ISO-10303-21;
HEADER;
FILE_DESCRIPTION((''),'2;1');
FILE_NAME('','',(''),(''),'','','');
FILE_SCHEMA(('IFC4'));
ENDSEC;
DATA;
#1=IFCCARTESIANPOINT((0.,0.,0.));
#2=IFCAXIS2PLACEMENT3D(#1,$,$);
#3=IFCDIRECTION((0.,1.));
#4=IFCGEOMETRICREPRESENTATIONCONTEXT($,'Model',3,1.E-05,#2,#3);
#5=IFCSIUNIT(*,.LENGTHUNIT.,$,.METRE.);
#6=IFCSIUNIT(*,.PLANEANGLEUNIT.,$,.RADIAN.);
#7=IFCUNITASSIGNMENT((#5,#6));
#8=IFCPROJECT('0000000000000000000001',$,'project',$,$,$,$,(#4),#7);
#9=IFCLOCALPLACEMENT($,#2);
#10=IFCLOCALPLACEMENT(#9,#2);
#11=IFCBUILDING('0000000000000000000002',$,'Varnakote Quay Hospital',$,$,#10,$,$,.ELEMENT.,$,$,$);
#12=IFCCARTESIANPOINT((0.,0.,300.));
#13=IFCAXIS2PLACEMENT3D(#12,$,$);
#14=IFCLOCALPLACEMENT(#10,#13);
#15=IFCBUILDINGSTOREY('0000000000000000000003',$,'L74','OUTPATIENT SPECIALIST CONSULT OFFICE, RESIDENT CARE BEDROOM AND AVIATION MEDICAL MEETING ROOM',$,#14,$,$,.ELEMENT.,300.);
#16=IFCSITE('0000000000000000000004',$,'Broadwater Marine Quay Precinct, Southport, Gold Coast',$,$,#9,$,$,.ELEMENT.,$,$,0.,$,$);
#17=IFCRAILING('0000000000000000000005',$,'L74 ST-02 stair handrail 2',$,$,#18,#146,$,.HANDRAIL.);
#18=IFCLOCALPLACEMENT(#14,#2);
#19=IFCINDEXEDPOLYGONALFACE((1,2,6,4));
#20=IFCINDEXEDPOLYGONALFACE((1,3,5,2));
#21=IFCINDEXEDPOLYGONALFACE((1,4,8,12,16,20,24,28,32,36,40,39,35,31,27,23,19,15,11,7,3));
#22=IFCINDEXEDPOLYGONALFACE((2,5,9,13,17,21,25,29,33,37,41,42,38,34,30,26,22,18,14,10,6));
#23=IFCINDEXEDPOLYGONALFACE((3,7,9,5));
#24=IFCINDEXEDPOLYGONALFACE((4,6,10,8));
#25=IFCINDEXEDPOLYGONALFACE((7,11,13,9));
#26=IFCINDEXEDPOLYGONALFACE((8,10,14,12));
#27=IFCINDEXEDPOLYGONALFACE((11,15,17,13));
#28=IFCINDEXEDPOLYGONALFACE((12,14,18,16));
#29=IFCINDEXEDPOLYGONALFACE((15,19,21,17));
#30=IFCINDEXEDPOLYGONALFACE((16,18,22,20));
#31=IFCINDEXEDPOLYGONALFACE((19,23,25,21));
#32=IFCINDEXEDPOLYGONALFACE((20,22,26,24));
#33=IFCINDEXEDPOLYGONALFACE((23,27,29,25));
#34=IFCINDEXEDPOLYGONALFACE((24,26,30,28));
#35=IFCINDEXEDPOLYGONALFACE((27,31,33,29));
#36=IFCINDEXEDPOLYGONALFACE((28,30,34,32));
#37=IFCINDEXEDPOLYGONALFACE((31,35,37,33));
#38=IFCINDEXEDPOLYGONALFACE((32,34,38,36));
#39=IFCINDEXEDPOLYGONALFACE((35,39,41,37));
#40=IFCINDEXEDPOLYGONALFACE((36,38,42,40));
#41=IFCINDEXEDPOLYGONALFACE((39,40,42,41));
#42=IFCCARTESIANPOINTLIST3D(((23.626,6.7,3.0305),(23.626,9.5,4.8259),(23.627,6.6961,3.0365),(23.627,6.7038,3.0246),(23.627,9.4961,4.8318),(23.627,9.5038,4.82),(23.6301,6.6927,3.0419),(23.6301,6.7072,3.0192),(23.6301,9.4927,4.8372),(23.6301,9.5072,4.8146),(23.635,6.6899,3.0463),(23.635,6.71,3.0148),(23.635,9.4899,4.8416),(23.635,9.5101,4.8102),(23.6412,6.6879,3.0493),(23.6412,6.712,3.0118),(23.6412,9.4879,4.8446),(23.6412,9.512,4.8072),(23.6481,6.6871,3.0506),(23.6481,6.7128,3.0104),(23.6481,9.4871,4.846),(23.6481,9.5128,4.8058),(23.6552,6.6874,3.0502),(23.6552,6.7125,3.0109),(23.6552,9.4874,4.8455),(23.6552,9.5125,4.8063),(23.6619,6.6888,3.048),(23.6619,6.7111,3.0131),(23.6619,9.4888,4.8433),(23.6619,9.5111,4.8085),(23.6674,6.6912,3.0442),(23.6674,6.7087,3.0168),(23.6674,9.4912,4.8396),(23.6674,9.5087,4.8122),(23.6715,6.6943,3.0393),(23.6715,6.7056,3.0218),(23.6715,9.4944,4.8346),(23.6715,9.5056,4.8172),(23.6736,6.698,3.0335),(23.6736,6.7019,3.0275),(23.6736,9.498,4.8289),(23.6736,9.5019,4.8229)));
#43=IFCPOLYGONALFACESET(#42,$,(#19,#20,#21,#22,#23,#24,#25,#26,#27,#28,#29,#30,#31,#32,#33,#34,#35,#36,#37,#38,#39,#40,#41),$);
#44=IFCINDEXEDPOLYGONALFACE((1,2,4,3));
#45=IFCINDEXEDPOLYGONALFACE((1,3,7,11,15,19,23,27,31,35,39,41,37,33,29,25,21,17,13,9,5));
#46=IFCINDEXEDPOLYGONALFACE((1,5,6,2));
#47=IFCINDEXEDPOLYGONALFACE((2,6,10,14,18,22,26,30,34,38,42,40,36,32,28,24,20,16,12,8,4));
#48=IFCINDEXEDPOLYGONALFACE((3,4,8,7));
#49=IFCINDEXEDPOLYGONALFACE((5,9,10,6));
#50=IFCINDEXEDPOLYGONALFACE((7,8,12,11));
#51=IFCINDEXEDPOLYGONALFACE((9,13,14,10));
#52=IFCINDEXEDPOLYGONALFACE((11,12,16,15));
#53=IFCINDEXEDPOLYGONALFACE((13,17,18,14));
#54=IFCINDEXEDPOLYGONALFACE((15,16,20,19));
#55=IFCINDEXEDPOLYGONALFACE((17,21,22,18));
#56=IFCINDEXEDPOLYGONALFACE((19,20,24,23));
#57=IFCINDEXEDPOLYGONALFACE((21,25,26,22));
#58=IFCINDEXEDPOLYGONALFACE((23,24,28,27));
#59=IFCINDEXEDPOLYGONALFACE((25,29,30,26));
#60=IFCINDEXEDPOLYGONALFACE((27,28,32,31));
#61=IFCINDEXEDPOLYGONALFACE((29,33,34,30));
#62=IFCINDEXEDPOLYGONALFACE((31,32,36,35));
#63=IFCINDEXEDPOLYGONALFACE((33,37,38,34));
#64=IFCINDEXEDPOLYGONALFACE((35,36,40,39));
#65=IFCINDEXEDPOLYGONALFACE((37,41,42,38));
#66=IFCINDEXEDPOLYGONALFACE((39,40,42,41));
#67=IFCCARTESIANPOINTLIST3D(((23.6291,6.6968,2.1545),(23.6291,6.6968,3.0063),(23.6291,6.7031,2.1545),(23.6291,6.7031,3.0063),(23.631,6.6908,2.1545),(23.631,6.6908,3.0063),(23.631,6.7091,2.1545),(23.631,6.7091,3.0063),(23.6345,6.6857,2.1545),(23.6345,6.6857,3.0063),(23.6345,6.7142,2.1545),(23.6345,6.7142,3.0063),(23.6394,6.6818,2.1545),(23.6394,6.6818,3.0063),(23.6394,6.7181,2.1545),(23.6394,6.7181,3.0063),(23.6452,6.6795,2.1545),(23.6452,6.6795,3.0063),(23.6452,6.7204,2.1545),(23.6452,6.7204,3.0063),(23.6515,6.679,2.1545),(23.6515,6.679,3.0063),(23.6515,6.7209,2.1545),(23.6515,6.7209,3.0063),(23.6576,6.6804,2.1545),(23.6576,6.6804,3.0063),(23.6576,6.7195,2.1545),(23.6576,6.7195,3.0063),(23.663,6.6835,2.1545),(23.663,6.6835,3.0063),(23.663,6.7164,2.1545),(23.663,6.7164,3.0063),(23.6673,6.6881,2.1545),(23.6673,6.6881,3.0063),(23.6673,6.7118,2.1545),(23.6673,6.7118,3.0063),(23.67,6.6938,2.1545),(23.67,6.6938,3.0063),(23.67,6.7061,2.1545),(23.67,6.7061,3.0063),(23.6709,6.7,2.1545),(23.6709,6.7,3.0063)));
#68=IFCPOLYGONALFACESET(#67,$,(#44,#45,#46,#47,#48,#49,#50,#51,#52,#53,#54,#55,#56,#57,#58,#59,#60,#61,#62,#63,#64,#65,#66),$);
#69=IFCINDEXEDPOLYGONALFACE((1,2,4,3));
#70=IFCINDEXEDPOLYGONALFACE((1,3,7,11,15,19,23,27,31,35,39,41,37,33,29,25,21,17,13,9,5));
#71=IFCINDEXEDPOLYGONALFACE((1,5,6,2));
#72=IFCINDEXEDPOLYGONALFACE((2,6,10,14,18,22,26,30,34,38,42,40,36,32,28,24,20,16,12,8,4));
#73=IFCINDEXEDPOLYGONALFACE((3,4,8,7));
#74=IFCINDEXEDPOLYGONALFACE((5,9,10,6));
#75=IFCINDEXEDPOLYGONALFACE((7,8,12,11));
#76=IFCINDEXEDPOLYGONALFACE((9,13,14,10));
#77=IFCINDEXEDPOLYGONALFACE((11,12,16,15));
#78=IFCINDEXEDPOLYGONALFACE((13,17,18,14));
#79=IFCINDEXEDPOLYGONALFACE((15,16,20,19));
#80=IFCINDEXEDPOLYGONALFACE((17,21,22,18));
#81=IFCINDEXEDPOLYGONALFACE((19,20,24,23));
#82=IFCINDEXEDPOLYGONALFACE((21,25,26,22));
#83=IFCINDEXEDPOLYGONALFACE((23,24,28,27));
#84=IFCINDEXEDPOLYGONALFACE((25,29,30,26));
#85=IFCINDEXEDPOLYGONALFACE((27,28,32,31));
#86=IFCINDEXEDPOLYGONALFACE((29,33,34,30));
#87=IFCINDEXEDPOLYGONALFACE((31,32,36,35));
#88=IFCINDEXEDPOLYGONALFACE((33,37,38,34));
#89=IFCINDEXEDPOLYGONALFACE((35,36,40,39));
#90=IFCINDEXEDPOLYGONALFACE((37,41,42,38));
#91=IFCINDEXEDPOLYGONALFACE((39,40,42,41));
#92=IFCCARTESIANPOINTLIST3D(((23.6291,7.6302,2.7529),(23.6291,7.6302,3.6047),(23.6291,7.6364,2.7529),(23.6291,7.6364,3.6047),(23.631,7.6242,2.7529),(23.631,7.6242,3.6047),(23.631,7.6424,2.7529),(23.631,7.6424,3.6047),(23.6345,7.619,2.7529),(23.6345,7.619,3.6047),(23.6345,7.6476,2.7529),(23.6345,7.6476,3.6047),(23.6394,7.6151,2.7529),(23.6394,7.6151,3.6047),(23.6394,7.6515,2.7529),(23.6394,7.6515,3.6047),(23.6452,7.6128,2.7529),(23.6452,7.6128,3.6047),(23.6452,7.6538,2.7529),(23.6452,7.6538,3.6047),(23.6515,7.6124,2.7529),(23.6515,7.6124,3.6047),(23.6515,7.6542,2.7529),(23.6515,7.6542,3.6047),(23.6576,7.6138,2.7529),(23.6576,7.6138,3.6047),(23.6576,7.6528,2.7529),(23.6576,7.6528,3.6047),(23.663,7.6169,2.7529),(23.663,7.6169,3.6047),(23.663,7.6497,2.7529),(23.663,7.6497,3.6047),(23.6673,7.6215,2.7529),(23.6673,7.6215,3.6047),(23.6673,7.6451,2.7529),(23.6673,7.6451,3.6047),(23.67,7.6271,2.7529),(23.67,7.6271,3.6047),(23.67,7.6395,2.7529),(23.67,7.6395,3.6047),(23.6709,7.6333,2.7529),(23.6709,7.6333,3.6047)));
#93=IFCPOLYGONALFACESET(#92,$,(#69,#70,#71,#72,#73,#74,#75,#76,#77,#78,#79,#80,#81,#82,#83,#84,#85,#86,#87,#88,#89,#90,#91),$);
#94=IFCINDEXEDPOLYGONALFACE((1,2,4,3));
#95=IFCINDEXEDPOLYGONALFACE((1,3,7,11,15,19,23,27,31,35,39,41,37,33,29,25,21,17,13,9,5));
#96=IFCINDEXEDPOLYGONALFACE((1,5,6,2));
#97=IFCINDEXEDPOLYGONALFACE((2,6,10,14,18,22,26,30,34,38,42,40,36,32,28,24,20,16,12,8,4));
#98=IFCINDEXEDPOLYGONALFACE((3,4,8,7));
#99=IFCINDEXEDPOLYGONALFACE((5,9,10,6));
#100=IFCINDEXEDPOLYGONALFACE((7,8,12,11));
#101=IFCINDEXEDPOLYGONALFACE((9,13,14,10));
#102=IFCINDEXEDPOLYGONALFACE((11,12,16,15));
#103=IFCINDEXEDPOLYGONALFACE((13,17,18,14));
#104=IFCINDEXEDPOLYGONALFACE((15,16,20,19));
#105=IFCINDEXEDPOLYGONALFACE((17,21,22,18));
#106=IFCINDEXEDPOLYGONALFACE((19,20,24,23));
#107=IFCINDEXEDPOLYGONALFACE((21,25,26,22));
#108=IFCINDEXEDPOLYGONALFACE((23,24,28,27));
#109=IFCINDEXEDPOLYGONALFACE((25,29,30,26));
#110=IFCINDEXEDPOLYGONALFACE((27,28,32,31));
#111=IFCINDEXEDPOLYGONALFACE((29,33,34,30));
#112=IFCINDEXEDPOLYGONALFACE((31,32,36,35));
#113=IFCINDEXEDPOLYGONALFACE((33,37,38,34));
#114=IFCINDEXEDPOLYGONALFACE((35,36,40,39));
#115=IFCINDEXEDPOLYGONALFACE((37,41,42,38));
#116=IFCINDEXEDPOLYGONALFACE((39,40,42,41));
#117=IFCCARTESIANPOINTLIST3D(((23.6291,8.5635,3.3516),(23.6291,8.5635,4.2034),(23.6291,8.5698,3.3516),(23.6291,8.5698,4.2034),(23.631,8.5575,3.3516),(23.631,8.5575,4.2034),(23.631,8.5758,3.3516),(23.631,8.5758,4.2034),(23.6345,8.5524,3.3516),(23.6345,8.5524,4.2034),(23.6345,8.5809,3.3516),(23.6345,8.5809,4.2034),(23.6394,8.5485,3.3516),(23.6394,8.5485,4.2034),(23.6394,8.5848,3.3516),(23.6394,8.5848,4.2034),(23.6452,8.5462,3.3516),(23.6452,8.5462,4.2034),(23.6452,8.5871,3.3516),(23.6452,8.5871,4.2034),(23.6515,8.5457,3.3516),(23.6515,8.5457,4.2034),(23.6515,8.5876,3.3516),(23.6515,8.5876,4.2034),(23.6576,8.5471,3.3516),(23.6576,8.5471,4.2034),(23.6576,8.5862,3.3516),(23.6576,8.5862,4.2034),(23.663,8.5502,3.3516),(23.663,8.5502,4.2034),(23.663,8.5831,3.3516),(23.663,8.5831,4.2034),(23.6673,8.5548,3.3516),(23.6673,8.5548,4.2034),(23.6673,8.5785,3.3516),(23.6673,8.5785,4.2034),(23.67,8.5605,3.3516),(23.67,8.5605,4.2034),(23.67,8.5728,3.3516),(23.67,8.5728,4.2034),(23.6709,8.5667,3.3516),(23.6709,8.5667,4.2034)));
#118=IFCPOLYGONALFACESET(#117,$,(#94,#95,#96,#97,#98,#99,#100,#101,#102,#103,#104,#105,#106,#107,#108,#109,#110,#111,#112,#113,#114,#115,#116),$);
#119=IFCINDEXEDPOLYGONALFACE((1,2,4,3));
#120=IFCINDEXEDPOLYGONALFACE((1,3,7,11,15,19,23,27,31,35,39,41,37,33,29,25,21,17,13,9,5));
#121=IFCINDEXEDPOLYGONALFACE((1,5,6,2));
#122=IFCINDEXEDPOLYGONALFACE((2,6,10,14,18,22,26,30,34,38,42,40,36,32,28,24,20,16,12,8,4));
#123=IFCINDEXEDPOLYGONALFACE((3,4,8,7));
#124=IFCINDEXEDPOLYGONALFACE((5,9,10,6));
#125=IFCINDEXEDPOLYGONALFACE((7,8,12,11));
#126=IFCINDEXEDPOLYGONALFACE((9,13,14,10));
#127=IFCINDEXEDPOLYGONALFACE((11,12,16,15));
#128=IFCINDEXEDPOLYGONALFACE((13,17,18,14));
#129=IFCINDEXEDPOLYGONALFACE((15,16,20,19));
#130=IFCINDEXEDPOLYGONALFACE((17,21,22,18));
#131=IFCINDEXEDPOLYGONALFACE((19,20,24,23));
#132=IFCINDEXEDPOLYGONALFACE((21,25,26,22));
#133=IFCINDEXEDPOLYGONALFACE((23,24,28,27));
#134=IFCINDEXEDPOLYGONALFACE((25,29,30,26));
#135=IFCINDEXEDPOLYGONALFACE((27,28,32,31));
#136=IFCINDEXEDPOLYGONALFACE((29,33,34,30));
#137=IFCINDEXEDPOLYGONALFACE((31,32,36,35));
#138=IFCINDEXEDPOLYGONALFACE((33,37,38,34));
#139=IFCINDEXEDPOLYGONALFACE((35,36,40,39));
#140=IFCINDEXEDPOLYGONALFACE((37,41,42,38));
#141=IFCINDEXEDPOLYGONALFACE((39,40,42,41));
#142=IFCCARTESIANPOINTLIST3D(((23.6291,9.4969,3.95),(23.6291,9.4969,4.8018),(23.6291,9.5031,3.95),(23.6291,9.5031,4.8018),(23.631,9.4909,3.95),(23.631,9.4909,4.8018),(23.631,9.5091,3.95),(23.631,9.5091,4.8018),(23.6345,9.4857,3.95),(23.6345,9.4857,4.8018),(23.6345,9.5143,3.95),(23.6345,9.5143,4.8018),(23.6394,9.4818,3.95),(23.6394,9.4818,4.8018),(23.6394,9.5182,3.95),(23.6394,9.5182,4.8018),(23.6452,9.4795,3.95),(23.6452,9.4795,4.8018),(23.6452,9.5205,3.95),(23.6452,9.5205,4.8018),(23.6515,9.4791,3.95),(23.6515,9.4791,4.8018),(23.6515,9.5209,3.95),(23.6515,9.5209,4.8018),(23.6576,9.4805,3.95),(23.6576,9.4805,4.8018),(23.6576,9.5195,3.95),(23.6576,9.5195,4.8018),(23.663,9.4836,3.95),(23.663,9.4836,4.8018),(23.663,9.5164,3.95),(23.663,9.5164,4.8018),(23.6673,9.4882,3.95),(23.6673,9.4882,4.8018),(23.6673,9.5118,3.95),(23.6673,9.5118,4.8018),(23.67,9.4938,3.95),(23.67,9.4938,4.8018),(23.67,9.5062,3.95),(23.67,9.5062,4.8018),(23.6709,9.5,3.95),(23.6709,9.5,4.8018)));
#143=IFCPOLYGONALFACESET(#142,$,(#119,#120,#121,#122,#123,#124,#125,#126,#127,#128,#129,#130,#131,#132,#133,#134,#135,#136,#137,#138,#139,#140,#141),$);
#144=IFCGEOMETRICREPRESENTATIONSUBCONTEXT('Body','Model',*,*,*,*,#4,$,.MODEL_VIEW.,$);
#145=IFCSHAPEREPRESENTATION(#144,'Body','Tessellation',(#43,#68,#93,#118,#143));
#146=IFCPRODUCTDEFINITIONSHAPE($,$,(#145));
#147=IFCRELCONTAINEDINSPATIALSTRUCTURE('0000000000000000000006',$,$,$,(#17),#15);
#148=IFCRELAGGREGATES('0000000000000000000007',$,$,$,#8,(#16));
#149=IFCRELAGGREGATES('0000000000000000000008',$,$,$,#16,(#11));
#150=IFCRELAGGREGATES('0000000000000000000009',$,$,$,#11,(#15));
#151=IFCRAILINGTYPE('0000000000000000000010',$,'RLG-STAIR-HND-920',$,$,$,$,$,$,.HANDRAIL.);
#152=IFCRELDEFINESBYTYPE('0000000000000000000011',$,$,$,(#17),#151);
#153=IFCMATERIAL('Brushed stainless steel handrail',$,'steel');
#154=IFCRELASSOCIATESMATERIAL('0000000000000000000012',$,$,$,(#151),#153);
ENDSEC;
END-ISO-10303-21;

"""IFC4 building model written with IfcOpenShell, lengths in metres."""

from ifc_helpers import new_model, si_unit, direction, frame, origin, origin_2d, place, context, subcontext, project, spatial, circle, extrude, material, type_object, element, save


model = new_model("IFC4")

# Units and contexts
model_context = context("Model", 3, precision=1e-05, world=origin(), true_north=direction((0.0, 1.0)))
body_context = subcontext(model_context, "Body", "Model", "MODEL_VIEW")
ifc_project = project(units=[si_unit("LENGTHUNIT", "METRE"), si_unit("PLANEANGLEUNIT", "RADIAN")], contexts=[model_context])

# Site, building, storey
site_placement = place(None, origin())
site = spatial("IfcSite", under=ifc_project, at=site_placement, Name="Broadwater Marine Quay Precinct, Southport, Gold Coast", CompositionType="ELEMENT", RefElevation=0.0)
building_placement = place(site_placement, origin())
building = spatial("IfcBuilding", under=site, at=building_placement, Name="Varnakote Quay Hospital", CompositionType="ELEMENT")
storey_placement = place(building_placement, frame((0.0, 0.0, 300.0)))
storey = spatial("IfcBuildingStorey", under=building, at=storey_placement, Name="L74", Description="OUTPATIENT SPECIALIST CONSULT OFFICE, RESIDENT CARE BEDROOM AND AVIATION MEDICAL MEETING ROOM", CompositionType="ELEMENT", Elevation=300.0)

# Railing
ifc_material_1 = material(Name="Brushed stainless steel handrail", Category="steel")
railing_type_1 = type_object("IfcRailingType", Name="RLG-STAIR-HND-920", PredefinedType="HANDRAIL", material=ifc_material_1)
railing_1_placement = place(storey_placement, frame((23.6499, 6.7, 2.1545)))
element("IfcRailing", 1, at=railing_1_placement, inside=storey, type_object=railing_type_1, Name="L74 ST-02 stair handrail 2", PredefinedType="HANDRAIL", context=body_context, shape_type="SweptSolid", body=[
    extrude(circle(Radius=0.0239, at=origin_2d()), frame((0.0, 0.0, 0.876), z_axis=(0.0, 0.84181, 0.539774), x_axis=(-1.0, 0.0, 0.0)), (0.0, 0.0, 1.0), 3.3262),
    extrude(circle(Radius=0.021, at=origin_2d()), origin(), (0.0, 0.0, 1.0), 0.8518),
    extrude(circle(Radius=0.021, at=origin_2d()), frame((0.0, 0.9333, 0.5984)), (0.0, 0.0, 1.0), 0.8518),
    extrude(circle(Radius=0.021, at=origin_2d()), frame((0.0, 1.8667, 1.197)), (0.0, 0.0, 1.0), 0.8518),
    extrude(circle(Radius=0.021, at=origin_2d()), frame((0.0, 2.8, 1.7954)), (0.0, 0.0, 1.0), 0.8518),
])

save(model, "model.ifc")
